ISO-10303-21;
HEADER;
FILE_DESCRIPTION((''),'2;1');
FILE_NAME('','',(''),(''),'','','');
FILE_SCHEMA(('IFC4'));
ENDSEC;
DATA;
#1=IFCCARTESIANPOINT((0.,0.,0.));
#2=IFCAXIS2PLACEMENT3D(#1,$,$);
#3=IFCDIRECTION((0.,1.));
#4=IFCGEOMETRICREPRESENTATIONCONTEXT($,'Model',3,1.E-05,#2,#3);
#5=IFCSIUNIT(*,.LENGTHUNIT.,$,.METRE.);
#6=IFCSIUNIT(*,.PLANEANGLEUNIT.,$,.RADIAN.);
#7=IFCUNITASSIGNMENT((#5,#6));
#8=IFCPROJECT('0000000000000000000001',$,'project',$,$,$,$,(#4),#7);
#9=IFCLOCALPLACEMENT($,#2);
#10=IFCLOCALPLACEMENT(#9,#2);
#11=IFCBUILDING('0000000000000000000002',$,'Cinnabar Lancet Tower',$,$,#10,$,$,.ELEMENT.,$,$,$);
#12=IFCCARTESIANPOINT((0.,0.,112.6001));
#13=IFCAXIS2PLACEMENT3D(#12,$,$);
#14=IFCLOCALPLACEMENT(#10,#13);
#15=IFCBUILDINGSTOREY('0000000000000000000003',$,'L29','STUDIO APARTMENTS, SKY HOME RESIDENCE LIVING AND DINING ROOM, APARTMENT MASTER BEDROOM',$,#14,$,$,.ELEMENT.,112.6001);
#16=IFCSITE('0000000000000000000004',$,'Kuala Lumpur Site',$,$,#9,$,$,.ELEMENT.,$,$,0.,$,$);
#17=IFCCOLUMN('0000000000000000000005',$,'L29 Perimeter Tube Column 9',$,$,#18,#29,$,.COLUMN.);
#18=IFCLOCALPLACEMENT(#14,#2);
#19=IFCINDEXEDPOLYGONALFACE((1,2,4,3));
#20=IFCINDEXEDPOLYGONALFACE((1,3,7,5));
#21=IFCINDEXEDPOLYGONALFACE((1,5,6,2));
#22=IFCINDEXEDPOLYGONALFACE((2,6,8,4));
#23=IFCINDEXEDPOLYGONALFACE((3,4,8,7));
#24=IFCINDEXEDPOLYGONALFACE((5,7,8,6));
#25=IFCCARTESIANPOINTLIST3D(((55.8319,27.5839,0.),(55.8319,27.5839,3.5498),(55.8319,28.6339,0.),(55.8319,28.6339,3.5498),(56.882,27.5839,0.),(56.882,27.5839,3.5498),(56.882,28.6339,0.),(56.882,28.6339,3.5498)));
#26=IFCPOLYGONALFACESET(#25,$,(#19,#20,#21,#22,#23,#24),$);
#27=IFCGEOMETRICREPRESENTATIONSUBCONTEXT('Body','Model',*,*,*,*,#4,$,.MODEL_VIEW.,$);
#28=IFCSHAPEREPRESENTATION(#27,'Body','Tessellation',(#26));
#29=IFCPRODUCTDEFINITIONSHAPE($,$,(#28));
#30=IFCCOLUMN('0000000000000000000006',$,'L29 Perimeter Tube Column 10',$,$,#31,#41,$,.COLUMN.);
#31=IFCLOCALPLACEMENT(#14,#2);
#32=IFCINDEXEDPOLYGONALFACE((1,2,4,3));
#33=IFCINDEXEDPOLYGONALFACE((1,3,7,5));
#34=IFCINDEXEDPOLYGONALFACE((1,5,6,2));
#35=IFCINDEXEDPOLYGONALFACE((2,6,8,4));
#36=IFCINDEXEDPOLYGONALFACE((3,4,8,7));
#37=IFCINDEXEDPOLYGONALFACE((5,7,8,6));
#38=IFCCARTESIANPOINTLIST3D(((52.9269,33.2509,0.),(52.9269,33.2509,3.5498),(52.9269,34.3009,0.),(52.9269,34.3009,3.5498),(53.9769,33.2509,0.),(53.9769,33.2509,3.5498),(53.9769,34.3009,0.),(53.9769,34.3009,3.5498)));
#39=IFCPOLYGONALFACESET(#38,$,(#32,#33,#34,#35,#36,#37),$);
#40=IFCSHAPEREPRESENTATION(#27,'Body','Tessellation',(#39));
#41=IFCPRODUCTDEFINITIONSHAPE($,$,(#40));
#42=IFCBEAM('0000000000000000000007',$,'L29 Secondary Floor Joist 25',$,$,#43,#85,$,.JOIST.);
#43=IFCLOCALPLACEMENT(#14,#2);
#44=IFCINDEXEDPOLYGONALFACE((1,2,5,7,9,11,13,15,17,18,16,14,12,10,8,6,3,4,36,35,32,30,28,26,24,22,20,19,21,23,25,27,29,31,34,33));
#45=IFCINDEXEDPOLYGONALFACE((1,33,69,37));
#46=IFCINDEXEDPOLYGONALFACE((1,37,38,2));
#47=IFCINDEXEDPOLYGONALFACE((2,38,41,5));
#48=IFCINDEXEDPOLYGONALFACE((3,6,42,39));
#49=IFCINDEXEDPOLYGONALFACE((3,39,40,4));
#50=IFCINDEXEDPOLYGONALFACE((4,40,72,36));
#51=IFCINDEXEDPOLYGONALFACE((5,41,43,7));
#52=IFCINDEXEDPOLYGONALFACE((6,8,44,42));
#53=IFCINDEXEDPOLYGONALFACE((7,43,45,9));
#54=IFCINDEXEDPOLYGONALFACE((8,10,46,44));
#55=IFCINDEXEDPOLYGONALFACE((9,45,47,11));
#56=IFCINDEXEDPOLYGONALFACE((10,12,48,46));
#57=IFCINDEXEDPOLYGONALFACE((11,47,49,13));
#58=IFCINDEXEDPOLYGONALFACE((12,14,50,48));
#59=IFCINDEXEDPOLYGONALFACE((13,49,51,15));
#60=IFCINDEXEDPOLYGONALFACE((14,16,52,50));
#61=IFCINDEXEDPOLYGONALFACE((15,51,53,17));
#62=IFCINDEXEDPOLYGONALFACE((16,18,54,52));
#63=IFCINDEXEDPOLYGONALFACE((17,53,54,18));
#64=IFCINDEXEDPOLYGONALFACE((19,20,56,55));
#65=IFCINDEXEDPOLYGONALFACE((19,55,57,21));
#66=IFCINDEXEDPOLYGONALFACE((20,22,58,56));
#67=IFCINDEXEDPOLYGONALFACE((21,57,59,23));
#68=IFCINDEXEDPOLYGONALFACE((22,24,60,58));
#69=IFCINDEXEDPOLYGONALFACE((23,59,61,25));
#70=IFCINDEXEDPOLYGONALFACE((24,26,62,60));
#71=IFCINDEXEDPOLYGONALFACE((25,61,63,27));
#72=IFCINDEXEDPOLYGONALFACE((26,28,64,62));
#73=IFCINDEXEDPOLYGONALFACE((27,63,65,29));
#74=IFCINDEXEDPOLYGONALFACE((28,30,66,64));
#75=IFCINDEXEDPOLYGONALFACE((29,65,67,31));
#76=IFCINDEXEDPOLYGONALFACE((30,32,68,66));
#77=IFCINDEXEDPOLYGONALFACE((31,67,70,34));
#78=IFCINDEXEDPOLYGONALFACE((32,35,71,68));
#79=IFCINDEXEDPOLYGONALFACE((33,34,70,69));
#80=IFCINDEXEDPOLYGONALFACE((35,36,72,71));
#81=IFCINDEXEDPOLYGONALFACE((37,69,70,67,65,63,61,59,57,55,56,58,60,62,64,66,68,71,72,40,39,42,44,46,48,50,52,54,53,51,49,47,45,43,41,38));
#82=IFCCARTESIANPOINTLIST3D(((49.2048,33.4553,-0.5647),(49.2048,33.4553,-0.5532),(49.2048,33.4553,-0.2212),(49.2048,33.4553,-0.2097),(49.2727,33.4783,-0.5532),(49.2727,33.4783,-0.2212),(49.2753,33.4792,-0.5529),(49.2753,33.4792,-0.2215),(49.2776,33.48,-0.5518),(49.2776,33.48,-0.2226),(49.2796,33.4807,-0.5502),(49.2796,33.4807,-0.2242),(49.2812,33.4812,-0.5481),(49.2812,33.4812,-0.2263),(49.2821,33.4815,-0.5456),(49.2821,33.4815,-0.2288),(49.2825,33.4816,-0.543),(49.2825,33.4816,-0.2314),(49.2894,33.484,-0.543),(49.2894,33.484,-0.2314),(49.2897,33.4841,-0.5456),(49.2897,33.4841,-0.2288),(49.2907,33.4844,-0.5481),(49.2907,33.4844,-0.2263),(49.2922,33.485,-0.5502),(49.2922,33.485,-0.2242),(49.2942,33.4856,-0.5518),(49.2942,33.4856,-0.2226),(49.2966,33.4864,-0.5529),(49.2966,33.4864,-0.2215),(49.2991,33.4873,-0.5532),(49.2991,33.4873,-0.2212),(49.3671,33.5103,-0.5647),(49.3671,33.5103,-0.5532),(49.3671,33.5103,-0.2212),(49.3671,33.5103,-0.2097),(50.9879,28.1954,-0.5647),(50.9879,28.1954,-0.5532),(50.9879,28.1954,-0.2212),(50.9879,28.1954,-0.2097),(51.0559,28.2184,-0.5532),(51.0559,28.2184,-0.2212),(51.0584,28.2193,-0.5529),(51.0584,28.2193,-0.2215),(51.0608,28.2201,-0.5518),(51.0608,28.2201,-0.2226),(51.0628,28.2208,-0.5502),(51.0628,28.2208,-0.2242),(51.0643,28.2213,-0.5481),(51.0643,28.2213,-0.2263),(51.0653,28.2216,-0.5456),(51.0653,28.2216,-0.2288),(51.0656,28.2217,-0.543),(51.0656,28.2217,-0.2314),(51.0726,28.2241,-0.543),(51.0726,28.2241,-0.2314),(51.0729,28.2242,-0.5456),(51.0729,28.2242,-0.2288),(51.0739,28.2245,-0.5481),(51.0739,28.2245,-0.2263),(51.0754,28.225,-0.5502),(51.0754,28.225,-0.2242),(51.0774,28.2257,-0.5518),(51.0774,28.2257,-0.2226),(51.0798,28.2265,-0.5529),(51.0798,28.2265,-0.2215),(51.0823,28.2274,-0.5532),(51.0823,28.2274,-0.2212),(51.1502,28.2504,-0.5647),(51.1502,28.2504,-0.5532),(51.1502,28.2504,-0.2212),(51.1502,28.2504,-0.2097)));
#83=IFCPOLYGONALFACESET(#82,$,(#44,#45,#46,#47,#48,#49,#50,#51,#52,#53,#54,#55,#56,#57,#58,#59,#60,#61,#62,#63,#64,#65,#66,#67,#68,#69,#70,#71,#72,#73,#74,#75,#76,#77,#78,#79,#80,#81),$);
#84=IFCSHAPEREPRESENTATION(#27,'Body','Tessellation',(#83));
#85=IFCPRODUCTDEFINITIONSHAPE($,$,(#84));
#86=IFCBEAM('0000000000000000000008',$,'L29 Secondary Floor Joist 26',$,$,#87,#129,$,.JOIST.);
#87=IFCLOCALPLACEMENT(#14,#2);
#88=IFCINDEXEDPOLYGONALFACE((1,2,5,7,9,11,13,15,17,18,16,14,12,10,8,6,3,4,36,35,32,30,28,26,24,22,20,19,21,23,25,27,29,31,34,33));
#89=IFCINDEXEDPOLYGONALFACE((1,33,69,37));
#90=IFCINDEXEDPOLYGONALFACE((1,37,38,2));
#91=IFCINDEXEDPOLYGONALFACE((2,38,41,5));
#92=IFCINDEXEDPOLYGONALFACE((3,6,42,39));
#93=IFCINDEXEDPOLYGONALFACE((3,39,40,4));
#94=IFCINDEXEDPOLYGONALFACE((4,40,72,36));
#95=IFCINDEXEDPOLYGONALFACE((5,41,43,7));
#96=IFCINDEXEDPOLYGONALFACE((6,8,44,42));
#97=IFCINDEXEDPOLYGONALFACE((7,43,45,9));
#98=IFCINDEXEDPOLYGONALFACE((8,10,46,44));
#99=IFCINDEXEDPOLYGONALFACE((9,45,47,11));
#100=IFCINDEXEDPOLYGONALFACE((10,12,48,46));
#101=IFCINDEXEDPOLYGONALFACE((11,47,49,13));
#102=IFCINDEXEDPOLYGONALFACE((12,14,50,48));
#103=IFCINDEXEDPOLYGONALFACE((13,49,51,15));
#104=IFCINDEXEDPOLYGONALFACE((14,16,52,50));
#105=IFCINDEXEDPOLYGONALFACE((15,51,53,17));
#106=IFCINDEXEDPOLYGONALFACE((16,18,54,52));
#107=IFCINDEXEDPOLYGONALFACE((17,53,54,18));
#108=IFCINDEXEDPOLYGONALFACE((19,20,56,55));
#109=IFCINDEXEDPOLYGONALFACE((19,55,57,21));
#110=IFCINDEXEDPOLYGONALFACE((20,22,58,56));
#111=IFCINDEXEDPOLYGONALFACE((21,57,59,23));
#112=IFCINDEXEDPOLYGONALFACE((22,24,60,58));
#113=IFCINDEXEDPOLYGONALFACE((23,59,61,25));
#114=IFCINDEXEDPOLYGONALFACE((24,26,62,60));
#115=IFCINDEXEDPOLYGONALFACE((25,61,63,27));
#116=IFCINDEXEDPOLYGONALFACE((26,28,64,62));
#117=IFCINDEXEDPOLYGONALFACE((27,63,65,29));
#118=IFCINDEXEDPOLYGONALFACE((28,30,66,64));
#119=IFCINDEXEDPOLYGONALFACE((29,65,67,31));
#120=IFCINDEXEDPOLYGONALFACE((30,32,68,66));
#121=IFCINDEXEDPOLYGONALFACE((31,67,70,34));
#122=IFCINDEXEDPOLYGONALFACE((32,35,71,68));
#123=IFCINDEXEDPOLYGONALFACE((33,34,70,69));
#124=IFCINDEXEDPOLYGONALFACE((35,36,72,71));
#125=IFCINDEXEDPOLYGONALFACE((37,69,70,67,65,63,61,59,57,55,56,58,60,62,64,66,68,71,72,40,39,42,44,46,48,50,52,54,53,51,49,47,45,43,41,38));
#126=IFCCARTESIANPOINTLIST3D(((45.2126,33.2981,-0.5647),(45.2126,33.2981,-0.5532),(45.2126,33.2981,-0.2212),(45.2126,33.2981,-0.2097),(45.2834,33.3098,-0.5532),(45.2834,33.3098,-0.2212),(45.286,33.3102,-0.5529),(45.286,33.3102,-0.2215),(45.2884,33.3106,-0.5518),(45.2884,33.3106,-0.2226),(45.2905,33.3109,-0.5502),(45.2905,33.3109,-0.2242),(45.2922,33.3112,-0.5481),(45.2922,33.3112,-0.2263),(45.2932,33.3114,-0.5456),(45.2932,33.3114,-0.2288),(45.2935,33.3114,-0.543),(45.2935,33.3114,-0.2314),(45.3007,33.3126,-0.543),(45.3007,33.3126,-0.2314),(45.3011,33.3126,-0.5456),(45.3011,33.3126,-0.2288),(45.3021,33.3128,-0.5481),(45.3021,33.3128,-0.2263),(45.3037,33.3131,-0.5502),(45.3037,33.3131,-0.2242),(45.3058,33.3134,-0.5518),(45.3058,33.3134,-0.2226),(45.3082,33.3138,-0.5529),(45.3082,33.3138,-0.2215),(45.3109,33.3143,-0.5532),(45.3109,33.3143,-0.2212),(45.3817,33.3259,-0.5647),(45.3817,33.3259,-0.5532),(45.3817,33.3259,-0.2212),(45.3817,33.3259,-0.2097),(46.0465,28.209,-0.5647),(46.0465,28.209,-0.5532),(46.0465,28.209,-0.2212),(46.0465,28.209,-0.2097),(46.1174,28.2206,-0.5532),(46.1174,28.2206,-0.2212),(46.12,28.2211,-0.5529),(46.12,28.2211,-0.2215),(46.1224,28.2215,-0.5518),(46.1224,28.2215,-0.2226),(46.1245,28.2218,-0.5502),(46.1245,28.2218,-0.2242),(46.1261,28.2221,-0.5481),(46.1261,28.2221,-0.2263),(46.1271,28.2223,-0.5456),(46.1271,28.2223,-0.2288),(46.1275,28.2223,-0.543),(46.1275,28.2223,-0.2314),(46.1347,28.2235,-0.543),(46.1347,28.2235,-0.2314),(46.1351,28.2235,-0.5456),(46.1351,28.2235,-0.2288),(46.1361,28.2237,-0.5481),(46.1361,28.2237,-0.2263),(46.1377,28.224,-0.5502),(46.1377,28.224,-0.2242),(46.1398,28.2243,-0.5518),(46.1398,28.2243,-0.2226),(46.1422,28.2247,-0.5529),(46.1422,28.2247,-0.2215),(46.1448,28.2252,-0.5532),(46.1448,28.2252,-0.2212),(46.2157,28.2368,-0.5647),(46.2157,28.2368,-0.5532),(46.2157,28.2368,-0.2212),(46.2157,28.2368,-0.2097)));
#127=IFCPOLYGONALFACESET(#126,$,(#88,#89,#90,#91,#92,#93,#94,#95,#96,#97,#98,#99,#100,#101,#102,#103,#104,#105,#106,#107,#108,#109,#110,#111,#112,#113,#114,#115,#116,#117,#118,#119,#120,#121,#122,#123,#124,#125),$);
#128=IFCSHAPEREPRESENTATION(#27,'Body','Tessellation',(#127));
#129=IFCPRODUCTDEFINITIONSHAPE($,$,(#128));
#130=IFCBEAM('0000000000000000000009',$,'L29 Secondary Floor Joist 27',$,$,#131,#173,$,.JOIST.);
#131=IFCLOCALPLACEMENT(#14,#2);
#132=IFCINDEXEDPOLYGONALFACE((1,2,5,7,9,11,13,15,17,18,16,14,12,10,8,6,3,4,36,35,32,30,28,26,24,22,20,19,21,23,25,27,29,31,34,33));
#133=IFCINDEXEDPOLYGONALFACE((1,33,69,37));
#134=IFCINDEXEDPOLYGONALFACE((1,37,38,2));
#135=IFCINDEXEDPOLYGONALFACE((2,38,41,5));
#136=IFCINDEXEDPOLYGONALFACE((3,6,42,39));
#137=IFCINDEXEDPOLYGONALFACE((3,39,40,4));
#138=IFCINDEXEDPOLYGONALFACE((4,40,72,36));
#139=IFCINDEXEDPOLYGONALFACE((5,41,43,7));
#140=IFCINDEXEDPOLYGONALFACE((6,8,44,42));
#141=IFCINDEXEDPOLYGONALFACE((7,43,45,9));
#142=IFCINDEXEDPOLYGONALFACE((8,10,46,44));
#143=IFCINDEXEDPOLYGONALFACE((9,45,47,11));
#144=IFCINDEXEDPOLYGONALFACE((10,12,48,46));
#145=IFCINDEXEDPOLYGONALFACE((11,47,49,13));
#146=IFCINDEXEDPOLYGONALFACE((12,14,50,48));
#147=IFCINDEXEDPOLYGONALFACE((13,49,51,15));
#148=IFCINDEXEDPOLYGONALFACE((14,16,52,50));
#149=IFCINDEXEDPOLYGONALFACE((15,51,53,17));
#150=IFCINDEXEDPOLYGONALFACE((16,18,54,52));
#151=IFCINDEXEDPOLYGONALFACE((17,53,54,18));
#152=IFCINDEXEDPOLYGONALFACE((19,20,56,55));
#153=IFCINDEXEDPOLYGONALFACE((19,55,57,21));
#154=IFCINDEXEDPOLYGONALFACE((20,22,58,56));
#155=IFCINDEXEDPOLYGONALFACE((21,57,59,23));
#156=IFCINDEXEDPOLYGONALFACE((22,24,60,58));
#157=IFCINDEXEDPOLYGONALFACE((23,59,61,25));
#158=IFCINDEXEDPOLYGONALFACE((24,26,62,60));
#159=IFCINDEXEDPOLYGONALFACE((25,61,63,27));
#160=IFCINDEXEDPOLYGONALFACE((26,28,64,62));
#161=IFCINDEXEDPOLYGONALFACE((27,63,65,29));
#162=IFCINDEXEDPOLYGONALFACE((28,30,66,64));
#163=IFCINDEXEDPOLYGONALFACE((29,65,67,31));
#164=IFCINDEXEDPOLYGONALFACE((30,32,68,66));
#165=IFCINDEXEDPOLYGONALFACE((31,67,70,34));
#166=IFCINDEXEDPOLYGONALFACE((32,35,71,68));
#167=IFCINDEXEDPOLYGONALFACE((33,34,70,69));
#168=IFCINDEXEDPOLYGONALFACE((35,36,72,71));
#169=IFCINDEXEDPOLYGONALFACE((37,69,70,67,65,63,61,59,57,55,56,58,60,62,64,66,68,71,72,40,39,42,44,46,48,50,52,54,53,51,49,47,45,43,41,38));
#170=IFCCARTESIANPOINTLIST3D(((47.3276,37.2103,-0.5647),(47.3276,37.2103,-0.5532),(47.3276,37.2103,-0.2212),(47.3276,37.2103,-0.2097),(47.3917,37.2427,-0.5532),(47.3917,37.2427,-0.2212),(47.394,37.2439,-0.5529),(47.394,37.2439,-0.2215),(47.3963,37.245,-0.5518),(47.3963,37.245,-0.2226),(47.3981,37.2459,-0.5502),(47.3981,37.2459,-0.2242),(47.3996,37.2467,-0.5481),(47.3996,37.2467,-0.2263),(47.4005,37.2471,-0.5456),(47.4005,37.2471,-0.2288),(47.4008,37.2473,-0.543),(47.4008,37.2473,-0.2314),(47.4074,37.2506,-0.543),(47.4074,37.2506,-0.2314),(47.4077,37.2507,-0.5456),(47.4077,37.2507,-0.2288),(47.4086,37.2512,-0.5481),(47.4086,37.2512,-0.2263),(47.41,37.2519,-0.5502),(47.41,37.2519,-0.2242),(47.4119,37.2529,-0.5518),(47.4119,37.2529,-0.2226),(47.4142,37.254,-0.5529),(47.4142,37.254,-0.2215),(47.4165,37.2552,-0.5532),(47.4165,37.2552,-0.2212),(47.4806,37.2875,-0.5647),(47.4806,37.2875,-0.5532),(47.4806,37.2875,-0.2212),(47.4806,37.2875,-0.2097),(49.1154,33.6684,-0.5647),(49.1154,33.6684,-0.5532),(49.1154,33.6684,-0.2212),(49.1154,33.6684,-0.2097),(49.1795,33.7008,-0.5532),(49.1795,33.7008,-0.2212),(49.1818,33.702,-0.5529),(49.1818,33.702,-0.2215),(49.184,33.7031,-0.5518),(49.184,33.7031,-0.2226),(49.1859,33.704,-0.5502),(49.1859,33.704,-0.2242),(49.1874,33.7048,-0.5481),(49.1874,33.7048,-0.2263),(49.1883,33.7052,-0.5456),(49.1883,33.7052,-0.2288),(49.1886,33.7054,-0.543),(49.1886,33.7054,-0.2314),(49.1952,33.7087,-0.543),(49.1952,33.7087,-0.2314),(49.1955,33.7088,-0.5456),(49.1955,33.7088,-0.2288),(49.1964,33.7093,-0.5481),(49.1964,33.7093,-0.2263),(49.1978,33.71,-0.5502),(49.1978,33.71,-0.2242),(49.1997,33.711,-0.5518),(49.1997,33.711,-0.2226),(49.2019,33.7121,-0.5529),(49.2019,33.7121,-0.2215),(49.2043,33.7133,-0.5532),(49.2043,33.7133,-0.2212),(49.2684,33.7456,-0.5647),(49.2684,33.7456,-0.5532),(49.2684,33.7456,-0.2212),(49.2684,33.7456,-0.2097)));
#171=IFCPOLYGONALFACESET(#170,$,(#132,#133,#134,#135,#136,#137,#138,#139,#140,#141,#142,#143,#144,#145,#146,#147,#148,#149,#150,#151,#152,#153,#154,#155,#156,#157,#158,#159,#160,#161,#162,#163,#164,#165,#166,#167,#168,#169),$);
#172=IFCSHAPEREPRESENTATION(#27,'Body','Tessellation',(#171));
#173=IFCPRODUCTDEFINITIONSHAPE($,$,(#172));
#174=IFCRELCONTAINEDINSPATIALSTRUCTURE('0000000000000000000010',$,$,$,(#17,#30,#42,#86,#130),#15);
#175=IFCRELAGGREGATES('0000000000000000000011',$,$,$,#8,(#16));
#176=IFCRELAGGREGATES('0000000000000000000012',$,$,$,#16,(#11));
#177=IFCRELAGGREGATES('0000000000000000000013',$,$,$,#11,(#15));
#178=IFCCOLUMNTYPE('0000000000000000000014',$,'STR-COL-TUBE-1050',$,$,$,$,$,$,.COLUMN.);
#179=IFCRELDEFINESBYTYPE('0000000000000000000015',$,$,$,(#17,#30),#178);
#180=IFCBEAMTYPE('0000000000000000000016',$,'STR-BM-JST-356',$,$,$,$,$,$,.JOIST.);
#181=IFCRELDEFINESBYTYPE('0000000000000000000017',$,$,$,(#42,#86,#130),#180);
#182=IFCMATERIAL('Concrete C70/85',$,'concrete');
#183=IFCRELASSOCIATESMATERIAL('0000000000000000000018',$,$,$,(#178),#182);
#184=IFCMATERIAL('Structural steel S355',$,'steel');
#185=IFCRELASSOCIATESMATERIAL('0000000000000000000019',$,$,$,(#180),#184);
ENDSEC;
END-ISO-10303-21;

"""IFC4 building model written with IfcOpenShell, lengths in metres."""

from ifc_helpers import new_model, si_unit, direction, frame, origin, origin_2d, place, context, subcontext, project, spatial, rectangle, i_section, extrude, material, material_profile, profile_set, type_object, element, save


model = new_model("IFC4")

# Units and contexts
model_context = context("Model", 3, precision=1e-05, world=origin(), true_north=direction((0.0, 1.0)))
body_context = subcontext(model_context, "Body", "Model", "MODEL_VIEW")
ifc_project = project(units=[si_unit("LENGTHUNIT", "METRE"), si_unit("PLANEANGLEUNIT", "RADIAN")], contexts=[model_context])

# Site, building, storey
site_placement = place(None, origin())
site = spatial("IfcSite", under=ifc_project, at=site_placement, Name="Kuala Lumpur Site", CompositionType="ELEMENT", RefElevation=0.0)
building_placement = place(site_placement, origin())
building = spatial("IfcBuilding", under=site, at=building_placement, Name="Cinnabar Lancet Tower", CompositionType="ELEMENT")
storey_placement = place(building_placement, frame((0.0, 0.0, 112.6001)))
storey = spatial("IfcBuildingStorey", under=building, at=storey_placement, Name="L29", Description="STUDIO APARTMENTS, SKY HOME RESIDENCE LIVING AND DINING ROOM, APARTMENT MASTER BEDROOM", CompositionType="ELEMENT", Elevation=112.6001)

# Columns
ifc_material_1 = material(Name="Concrete C70/85", Category="concrete")
ifc_material_profile_1 = material_profile(ifc_material_1, rectangle(XDim=1.05, YDim=1.05, at=origin_2d()), Name="RC-COL 1050x1050")
ifc_profile_set_1 = profile_set([ifc_material_profile_1], Name="Concrete C70/85")
column_type = type_object("IfcColumnType", Name="STR-COL-TUBE-1050", PredefinedType="COLUMN", material=ifc_profile_set_1)
for number, where, z_axis, x_axis, name in (
    (1, (56.3569, 28.1089, 0.0), (0.0, 0.0, 1.0), (1.0, 0.0, 0.0), "L29 Perimeter Tube Column 9"),
    (2, (53.4519, 33.7759, 0.0), (0.0, 0.0, 1.0), (1.0, 0.0, 0.0), "L29 Perimeter Tube Column 10"),
):
    element("IfcColumn", number, at=place(storey_placement, frame(where, z_axis=z_axis, x_axis=x_axis)), inside=storey, type_object=column_type, Name=name, PredefinedType="COLUMN", context=body_context, shape_type="SweptSolid", body=[
        extrude(rectangle(XDim=1.05, YDim=1.05, at=origin_2d()), origin(), (0.0, 0.0, 1.0), 3.5498),
    ])

# Beams
ifc_material_2 = material(Name="Structural steel S355", Category="steel")
ifc_material_profile_2 = material_profile(ifc_material_2, i_section(OverallWidth=0.1714, OverallDepth=0.355, WebThickness=0.0073, FlangeThickness=0.0115, FilletRadius=0.0103, at=origin_2d()), Name="UKB 356x171x51")
ifc_profile_set_2 = profile_set([ifc_material_profile_2], Name="Structural steel S355")
beam_type_1 = type_object("IfcBeamType", Name="STR-BM-JST-356", PredefinedType="JOIST", material=ifc_profile_set_2)
beam_1_placement = place(storey_placement, frame((51.0691, 28.2229, -0.3872), z_axis=(-0.321063, 0.947058, 0.0), x_axis=(-0.947058, -0.321063, 0.0)))
element("IfcBeam", 3, at=beam_1_placement, inside=storey, type_object=beam_type_1, Name="L29 Secondary Floor Joist 25", PredefinedType="JOIST", context=body_context, shape_type="SweptSolid", body=[
    extrude(i_section(OverallWidth=0.1714, OverallDepth=0.355, WebThickness=0.0073, FlangeThickness=0.0115, FilletRadius=0.0103, at=origin_2d()), origin(), (0.0, 0.0, 1.0), 5.554),
])
beam_2_placement = place(storey_placement, frame((46.1311, 28.2229, -0.3872), z_axis=(-0.161719, 0.986837, 0.0), x_axis=(-0.986837, -0.161719, 0.0)))
element("IfcBeam", 4, at=beam_2_placement, inside=storey, type_object=beam_type_1, Name="L29 Secondary Floor Joist 26", PredefinedType="JOIST", context=body_context, shape_type="SweptSolid", body=[
    extrude(i_section(OverallWidth=0.1714, OverallDepth=0.355, WebThickness=0.0073, FlangeThickness=0.0115, FilletRadius=0.0103, at=origin_2d()), origin(), (0.0, 0.0, 1.0), 5.157),
])
beam_3_placement = place(storey_placement, frame((49.1919, 33.707, -0.3872), z_axis=(-0.450607, 0.892722, 0.0), x_axis=(-0.892722, -0.450607, 0.0)))
element("IfcBeam", 5, at=beam_3_placement, inside=storey, type_object=beam_type_1, Name="L29 Secondary Floor Joist 27", PredefinedType="JOIST", context=body_context, shape_type="SweptSolid", body=[
    extrude(i_section(OverallWidth=0.1714, OverallDepth=0.355, WebThickness=0.0073, FlangeThickness=0.0115, FilletRadius=0.0103, at=origin_2d()), origin(), (0.0, 0.0, 1.0), 3.9675),
])

save(model, "model.ifc")
